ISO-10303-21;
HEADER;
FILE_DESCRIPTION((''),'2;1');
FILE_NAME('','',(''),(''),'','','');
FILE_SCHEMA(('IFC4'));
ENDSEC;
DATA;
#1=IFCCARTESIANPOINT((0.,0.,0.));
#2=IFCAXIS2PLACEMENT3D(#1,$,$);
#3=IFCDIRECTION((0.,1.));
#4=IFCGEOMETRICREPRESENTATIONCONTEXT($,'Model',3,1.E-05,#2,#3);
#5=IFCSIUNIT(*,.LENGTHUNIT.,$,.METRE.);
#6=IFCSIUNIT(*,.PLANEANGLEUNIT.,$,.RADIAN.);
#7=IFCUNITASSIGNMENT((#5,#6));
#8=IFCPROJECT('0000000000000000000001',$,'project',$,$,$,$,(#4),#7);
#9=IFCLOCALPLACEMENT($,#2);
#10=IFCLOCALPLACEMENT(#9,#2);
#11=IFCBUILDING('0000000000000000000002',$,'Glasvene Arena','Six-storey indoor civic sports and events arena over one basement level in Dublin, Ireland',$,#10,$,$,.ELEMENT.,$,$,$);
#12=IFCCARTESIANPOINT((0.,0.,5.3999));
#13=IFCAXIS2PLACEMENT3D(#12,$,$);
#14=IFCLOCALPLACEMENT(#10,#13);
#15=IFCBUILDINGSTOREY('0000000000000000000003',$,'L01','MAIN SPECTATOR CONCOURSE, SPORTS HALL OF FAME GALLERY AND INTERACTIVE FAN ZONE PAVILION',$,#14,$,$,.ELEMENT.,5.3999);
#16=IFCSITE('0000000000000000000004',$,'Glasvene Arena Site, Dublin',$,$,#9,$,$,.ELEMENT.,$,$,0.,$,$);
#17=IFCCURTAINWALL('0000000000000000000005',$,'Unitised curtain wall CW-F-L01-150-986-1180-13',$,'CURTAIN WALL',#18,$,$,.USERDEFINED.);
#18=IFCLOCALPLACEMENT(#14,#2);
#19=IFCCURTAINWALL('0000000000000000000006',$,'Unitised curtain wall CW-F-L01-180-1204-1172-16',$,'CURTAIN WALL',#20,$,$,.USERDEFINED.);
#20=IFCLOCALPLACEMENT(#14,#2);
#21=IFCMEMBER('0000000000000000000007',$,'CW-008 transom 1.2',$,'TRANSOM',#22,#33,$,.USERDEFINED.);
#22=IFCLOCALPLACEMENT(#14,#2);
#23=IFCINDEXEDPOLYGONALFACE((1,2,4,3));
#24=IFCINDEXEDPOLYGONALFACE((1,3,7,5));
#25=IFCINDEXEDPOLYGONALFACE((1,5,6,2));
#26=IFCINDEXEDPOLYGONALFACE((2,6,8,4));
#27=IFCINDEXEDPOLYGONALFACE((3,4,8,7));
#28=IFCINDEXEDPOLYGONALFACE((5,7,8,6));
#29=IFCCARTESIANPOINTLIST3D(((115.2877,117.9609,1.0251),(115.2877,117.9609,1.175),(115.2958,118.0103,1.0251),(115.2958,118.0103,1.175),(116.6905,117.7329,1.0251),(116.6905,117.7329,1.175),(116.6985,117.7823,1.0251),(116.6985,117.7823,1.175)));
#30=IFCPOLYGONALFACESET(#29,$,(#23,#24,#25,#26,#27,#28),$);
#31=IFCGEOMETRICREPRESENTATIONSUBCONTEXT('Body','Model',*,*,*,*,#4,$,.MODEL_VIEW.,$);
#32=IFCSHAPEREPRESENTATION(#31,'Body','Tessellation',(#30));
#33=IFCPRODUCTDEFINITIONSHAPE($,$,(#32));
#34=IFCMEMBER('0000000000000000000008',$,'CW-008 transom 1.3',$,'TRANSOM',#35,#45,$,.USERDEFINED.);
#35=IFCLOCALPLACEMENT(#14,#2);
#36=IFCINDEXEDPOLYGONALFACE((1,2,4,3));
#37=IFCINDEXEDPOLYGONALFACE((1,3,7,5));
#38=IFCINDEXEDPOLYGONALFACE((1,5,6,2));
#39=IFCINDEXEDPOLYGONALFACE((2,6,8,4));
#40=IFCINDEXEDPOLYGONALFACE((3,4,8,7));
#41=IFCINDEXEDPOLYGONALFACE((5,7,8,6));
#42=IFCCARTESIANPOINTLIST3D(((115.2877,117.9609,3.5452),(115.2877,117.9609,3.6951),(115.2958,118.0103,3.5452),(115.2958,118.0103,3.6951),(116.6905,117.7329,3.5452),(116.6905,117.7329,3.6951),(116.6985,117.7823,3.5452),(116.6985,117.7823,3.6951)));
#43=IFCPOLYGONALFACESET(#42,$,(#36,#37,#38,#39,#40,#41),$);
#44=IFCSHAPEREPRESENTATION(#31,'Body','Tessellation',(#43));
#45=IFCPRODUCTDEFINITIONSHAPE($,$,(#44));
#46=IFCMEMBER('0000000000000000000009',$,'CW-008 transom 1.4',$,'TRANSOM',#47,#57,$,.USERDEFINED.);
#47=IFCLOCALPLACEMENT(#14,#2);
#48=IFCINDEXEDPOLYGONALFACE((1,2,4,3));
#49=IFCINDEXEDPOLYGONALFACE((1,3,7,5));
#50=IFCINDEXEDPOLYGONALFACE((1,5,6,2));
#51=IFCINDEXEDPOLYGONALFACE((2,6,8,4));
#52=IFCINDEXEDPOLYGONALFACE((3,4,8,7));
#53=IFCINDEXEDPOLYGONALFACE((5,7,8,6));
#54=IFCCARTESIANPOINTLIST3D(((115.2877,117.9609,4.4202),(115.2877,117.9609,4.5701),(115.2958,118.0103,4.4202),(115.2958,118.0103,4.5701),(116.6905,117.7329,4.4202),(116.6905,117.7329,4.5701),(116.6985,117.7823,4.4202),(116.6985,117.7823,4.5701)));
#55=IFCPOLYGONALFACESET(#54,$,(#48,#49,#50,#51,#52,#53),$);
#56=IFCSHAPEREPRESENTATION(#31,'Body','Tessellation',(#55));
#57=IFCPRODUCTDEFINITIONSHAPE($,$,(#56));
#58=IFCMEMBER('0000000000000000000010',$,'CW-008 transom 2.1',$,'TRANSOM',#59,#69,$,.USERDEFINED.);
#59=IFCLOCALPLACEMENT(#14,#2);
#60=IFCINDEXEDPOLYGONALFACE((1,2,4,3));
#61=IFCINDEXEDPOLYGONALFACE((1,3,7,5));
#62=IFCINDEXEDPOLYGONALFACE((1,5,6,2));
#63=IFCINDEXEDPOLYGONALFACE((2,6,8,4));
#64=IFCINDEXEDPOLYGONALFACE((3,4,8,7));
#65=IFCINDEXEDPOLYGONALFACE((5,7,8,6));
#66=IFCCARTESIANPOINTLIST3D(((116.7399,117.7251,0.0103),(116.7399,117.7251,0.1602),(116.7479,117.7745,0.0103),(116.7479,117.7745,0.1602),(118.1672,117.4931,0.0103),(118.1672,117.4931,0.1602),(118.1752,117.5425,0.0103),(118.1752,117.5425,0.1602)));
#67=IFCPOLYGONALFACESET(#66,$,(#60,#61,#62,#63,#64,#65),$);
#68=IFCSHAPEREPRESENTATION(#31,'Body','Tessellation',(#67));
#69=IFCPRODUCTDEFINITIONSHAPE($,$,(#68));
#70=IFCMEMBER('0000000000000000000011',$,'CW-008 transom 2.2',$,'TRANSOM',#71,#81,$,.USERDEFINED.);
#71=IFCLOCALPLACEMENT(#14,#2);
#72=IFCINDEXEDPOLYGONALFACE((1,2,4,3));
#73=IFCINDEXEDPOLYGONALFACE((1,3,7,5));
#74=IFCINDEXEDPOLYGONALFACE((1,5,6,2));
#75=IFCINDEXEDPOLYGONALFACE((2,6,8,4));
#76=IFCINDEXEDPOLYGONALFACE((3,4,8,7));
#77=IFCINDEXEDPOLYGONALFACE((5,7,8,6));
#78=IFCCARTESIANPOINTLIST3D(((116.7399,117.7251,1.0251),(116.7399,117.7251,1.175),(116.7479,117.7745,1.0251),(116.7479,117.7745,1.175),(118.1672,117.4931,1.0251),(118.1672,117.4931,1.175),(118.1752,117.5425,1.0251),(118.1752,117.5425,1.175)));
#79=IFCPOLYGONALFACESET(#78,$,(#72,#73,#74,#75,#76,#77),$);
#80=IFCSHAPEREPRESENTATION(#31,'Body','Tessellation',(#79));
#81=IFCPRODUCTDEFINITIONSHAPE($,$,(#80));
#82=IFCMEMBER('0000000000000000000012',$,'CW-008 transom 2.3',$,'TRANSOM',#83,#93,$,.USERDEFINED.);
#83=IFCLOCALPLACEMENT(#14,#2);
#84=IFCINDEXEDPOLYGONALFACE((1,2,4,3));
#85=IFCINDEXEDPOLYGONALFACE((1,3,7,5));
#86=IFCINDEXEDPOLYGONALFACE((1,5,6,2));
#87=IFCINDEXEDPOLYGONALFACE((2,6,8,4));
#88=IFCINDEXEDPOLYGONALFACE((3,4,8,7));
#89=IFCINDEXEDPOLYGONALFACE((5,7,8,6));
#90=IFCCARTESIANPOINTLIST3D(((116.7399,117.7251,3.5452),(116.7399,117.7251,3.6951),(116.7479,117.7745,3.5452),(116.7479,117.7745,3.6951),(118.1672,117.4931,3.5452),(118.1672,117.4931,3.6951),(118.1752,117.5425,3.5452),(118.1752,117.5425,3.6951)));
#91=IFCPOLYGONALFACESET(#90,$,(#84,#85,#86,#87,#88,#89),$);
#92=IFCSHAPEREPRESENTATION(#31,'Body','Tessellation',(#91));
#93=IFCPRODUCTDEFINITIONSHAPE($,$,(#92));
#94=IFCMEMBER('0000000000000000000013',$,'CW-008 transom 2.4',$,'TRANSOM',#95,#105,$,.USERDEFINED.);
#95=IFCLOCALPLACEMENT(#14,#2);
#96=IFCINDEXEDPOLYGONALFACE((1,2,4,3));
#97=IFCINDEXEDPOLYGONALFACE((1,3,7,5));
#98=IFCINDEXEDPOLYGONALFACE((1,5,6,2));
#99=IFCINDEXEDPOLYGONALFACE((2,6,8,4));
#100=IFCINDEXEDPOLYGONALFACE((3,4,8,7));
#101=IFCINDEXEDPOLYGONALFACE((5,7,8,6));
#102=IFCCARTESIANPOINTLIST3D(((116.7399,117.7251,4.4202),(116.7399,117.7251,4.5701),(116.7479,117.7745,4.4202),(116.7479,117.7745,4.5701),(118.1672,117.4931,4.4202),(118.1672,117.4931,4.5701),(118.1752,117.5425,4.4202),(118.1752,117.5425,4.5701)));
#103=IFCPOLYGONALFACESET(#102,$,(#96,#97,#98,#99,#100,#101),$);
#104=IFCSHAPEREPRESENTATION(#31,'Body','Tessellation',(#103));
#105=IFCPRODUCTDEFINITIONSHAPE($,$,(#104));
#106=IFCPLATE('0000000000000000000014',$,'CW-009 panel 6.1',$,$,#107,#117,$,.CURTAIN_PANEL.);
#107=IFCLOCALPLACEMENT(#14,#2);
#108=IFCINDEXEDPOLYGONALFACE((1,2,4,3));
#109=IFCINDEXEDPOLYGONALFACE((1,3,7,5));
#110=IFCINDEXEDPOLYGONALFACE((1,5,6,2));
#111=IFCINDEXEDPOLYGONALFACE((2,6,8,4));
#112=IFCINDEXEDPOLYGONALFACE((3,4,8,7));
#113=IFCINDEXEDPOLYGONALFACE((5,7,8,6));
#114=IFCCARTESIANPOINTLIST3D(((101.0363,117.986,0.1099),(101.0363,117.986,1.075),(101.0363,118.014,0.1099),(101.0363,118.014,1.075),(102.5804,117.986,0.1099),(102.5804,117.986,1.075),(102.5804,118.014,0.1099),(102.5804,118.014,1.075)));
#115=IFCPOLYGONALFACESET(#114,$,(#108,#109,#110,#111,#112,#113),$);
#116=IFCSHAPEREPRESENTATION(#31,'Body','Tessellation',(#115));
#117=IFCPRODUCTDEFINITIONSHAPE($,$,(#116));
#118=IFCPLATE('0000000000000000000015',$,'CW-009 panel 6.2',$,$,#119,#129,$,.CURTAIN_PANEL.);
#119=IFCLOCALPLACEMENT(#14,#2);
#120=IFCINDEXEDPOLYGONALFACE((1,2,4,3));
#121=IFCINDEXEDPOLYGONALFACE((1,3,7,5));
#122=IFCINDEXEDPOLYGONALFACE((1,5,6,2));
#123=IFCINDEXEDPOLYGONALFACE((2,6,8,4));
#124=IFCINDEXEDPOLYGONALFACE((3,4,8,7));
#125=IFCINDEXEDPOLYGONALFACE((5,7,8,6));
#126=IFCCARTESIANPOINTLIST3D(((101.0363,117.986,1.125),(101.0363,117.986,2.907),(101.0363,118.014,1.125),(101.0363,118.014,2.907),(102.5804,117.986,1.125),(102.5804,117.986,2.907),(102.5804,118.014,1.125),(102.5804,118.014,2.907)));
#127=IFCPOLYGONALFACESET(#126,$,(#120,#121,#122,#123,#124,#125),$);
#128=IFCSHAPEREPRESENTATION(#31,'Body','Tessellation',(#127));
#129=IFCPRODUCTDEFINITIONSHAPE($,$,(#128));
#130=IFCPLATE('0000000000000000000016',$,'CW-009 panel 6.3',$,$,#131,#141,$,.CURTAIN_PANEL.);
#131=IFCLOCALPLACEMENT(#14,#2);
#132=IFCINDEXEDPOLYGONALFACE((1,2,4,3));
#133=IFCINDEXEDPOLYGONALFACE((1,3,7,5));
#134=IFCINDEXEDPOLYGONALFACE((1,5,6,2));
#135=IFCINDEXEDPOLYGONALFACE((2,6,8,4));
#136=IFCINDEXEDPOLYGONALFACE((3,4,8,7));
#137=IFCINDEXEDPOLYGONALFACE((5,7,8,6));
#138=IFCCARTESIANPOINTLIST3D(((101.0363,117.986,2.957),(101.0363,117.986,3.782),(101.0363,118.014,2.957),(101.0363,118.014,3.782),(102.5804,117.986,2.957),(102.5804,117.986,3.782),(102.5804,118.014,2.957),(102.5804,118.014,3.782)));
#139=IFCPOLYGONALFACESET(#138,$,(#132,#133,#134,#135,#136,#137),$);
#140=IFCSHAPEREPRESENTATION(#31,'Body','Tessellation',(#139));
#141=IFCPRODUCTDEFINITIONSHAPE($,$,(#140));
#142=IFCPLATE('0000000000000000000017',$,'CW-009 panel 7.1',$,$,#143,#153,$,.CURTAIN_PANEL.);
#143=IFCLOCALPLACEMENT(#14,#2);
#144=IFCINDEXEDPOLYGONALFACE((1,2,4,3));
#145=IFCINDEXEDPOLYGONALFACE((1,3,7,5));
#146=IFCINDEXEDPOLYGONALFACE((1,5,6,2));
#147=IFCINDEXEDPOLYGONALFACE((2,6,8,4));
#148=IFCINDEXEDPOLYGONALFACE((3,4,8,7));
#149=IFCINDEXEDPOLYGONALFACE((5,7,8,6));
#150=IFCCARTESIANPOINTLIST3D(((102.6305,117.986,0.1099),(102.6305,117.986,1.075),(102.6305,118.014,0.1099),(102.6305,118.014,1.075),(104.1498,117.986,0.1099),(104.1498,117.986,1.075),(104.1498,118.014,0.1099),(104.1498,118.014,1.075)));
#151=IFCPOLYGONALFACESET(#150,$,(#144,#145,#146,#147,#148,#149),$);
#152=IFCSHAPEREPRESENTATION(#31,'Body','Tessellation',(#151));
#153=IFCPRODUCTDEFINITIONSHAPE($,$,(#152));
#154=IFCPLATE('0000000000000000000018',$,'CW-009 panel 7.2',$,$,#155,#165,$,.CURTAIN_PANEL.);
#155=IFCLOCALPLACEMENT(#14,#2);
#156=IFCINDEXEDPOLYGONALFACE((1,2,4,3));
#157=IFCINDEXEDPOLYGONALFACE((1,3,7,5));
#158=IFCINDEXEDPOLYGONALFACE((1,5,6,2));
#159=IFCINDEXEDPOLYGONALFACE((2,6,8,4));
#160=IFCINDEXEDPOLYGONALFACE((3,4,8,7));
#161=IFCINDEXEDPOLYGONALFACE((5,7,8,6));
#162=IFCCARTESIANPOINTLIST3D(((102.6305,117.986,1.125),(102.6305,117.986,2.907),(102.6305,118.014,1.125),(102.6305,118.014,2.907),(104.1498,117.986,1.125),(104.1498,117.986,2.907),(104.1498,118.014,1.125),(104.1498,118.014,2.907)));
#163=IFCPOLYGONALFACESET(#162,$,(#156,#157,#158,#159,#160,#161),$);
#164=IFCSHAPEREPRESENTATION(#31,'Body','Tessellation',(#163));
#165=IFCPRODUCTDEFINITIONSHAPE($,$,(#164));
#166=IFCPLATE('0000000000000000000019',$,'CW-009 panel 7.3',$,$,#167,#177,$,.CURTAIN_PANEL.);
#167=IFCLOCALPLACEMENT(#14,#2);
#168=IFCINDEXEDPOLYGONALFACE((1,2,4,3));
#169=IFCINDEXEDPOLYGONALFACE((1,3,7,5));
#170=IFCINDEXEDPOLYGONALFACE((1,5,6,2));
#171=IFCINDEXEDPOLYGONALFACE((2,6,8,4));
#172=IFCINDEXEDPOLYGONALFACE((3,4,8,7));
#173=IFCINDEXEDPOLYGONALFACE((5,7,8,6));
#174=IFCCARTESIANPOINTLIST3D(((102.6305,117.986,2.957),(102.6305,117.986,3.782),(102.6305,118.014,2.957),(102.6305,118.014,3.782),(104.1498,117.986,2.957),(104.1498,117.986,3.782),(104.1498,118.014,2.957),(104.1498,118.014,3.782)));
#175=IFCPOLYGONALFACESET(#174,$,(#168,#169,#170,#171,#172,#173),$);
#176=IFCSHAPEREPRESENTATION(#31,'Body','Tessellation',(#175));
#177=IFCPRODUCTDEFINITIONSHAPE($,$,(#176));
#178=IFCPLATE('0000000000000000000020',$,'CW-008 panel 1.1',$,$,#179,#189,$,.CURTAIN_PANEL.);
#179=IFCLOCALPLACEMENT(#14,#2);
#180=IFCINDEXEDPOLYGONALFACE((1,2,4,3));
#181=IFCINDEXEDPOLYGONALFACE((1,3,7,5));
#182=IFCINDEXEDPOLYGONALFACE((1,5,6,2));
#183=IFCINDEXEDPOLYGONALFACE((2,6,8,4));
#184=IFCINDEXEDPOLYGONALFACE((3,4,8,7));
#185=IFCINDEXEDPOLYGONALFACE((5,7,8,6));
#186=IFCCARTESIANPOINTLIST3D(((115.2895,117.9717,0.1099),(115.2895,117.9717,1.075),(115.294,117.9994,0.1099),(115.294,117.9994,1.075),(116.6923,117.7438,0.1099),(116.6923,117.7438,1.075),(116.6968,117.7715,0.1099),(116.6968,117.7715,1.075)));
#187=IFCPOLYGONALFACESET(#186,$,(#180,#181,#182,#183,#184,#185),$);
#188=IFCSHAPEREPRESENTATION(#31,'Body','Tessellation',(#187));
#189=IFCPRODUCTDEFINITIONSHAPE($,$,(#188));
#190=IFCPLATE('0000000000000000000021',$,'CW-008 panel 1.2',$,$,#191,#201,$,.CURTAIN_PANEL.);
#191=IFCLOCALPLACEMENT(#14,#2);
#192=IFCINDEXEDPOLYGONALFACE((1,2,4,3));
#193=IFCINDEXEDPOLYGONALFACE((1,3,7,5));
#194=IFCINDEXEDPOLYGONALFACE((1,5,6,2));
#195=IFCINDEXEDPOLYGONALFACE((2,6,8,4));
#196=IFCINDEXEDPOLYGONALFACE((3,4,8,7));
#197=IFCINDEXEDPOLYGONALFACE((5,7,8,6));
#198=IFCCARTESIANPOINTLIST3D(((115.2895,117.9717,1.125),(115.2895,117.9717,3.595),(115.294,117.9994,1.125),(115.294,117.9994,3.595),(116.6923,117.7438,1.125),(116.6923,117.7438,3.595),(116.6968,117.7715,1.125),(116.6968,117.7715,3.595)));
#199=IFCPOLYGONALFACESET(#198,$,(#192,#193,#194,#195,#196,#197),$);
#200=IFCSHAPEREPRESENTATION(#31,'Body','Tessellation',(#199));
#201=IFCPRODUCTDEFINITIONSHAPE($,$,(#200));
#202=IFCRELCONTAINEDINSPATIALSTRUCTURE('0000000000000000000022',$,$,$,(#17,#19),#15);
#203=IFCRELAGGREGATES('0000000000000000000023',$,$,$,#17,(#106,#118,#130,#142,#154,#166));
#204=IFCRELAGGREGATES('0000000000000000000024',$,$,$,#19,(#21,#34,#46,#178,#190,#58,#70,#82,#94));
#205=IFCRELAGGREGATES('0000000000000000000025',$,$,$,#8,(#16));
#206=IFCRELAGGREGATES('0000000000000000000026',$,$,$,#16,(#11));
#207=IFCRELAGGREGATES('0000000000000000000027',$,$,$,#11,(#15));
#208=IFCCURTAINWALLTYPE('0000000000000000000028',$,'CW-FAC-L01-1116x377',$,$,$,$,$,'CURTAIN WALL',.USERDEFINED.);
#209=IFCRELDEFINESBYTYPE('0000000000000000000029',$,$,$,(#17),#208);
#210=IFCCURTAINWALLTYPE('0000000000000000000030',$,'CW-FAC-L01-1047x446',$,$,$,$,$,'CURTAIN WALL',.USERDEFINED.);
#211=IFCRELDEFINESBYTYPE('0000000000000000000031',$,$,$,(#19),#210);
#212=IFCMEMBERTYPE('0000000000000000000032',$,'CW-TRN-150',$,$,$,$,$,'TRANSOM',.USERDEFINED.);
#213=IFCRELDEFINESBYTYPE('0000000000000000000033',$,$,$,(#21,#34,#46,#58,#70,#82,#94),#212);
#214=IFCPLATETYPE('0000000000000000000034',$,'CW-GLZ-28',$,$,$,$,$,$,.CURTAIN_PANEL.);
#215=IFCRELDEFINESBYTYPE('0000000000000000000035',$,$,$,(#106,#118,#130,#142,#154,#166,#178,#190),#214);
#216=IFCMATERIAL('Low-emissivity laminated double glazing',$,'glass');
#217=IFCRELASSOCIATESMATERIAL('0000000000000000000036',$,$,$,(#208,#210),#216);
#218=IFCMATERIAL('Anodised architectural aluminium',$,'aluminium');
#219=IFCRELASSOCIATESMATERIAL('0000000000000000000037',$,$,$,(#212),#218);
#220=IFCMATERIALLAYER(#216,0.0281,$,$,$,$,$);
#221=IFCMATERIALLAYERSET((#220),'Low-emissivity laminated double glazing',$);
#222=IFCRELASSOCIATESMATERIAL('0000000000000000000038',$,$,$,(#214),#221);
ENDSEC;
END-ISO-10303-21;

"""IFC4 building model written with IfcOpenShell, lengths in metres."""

from ifc_helpers import new_model, si_unit, direction, frame, origin, origin_2d, place, context, subcontext, project, spatial, rectangle, extrude, material, layer, layer_set, material_profile, profile_set, type_object, element, aggregate, save


model = new_model("IFC4")

# Units and contexts
model_context = context("Model", 3, precision=1e-05, world=origin(), true_north=direction((0.0, 1.0)))
body_context = subcontext(model_context, "Body", "Model", "MODEL_VIEW")
ifc_project = project(units=[si_unit("LENGTHUNIT", "METRE"), si_unit("PLANEANGLEUNIT", "RADIAN")], contexts=[model_context])

# Site, building, storey
site_placement = place(None, origin())
site = spatial("IfcSite", under=ifc_project, at=site_placement, Name="Glasvene Arena Site, Dublin", CompositionType="ELEMENT", RefElevation=0.0)
building_placement = place(site_placement, origin())
building = spatial("IfcBuilding", under=site, at=building_placement, Name="Glasvene Arena", Description="Six-storey indoor civic sports and events arena over one basement level in Dublin, Ireland", CompositionType="ELEMENT")
storey_placement = place(building_placement, frame((0.0, 0.0, 5.3999)))
storey = spatial("IfcBuildingStorey", under=building, at=storey_placement, Name="L01", Description="MAIN SPECTATOR CONCOURSE, SPORTS HALL OF FAME GALLERY AND INTERACTIVE FAN ZONE PAVILION", CompositionType="ELEMENT", Elevation=5.3999)

# Curtain walls
ifc_material_1 = material(Name="Low-emissivity laminated double glazing", Category="glass")
curtain_wall_type_1 = type_object("IfcCurtainWallType", Name="CW-FAC-L01-1116x377", ElementType="CURTAIN WALL", PredefinedType="USERDEFINED", material=ifc_material_1)
curtain_wall_1_placement = place(storey_placement, frame((93.04, 118.0, 0.0)))
curtain_wall_1 = element("IfcCurtainWall", 1, at=curtain_wall_1_placement, inside=storey, type_object=curtain_wall_type_1, Name="Unitised curtain wall CW-F-L01-150-986-1180-13", ObjectType="CURTAIN WALL", PredefinedType="USERDEFINED")
ifc_material_2 = material(Name="Anodised architectural aluminium", Category="aluminium")
curtain_wall_type_2 = type_object("IfcCurtainWallType", Name="CW-FAC-L01-1047x446", ElementType="CURTAIN WALL", PredefinedType="USERDEFINED", material=ifc_material_1)
curtain_wall_2_placement = place(storey_placement, frame((115.2424, 117.9937, 0.0)))
curtain_wall_2 = element("IfcCurtainWall", 2, at=curtain_wall_2_placement, inside=storey, type_object=curtain_wall_type_2, Name="Unitised curtain wall CW-F-L01-180-1204-1172-16", ObjectType="CURTAIN WALL", PredefinedType="USERDEFINED")

# Members
ifc_material_profile_1 = material_profile(ifc_material_2, rectangle(XDim=0.05, YDim=0.1499, at=origin_2d()), Name="ALU TRANSOM 50x150")
ifc_profile_set_1 = profile_set([ifc_material_profile_1], Name="Anodised architectural aluminium")
member_type_1 = type_object("IfcMemberType", Name="CW-TRN-150", ElementType="TRANSOM", PredefinedType="USERDEFINED", material=ifc_profile_set_1)
member_1_placement = place(storey_placement, frame((115.2917, 117.9856, 1.1001), z_axis=(0.987045, -0.160442, 0.0), x_axis=(0.160442, 0.987045, 0.0)))
member_1 = element("IfcMember", 3, at=member_1_placement, type_object=member_type_1, Name="CW-008 transom 1.2", ObjectType="TRANSOM", PredefinedType="USERDEFINED", context=body_context, shape_type="SweptSolid", body=[
    extrude(rectangle(XDim=0.05, YDim=0.1499, at=origin_2d()), origin(), (0.0, 0.0, 1.0), 1.4211),
])
member_2_placement = place(storey_placement, frame((115.2917, 117.9856, 3.6201), z_axis=(0.987045, -0.160442, 0.0), x_axis=(0.160442, 0.987045, 0.0)))
member_2 = element("IfcMember", 4, at=member_2_placement, type_object=member_type_1, Name="CW-008 transom 1.3", ObjectType="TRANSOM", PredefinedType="USERDEFINED", context=body_context, shape_type="SweptSolid", body=[
    extrude(rectangle(XDim=0.05, YDim=0.1499, at=origin_2d()), origin(), (0.0, 0.0, 1.0), 1.4211),
])
member_3_placement = place(storey_placement, frame((115.2917, 117.9856, 4.4951), z_axis=(0.987045, -0.160442, 0.0), x_axis=(0.160442, 0.987045, 0.0)))
member_3 = element("IfcMember", 5, at=member_3_placement, type_object=member_type_1, Name="CW-008 transom 1.4", ObjectType="TRANSOM", PredefinedType="USERDEFINED", context=body_context, shape_type="SweptSolid", body=[
    extrude(rectangle(XDim=0.05, YDim=0.1499, at=origin_2d()), origin(), (0.0, 0.0, 1.0), 1.4211),
])
member_4_placement = place(storey_placement, frame((116.7439, 117.7498, 0.0852), z_axis=(0.987052, -0.1604, 0.0), x_axis=(0.1604, 0.987052, 0.0)))
member_4 = element("IfcMember", 6, at=member_4_placement, type_object=member_type_1, Name="CW-008 transom 2.1", ObjectType="TRANSOM", PredefinedType="USERDEFINED", context=body_context, shape_type="SweptSolid", body=[
    extrude(rectangle(XDim=0.05, YDim=0.1499, at=origin_2d()), origin(), (0.0, 0.0, 1.0), 1.446),
])
member_5_placement = place(storey_placement, frame((116.7439, 117.7498, 1.1001), z_axis=(0.987052, -0.1604, 0.0), x_axis=(0.1604, 0.987052, 0.0)))
member_5 = element("IfcMember", 7, at=member_5_placement, type_object=member_type_1, Name="CW-008 transom 2.2", ObjectType="TRANSOM", PredefinedType="USERDEFINED", context=body_context, shape_type="SweptSolid", body=[
    extrude(rectangle(XDim=0.05, YDim=0.1499, at=origin_2d()), origin(), (0.0, 0.0, 1.0), 1.446),
])
member_6_placement = place(storey_placement, frame((116.7439, 117.7498, 3.6201), z_axis=(0.987052, -0.1604, 0.0), x_axis=(0.1604, 0.987052, 0.0)))
member_6 = element("IfcMember", 8, at=member_6_placement, type_object=member_type_1, Name="CW-008 transom 2.3", ObjectType="TRANSOM", PredefinedType="USERDEFINED", context=body_context, shape_type="SweptSolid", body=[
    extrude(rectangle(XDim=0.05, YDim=0.1499, at=origin_2d()), origin(), (0.0, 0.0, 1.0), 1.446),
])
member_7_placement = place(storey_placement, frame((116.7439, 117.7498, 4.4951), z_axis=(0.987052, -0.1604, 0.0), x_axis=(0.1604, 0.987052, 0.0)))
member_7 = element("IfcMember", 9, at=member_7_placement, type_object=member_type_1, Name="CW-008 transom 2.4", ObjectType="TRANSOM", PredefinedType="USERDEFINED", context=body_context, shape_type="SweptSolid", body=[
    extrude(rectangle(XDim=0.05, YDim=0.1499, at=origin_2d()), origin(), (0.0, 0.0, 1.0), 1.446),
])

# Plates
ifc_layer_1 = layer(ifc_material_1, 0.0281)
ifc_layer_set_1 = layer_set([ifc_layer_1], Name="Low-emissivity laminated double glazing")
plate_type = type_object("IfcPlateType", Name="CW-GLZ-28", PredefinedType="CURTAIN_PANEL", material=ifc_layer_set_1)
plate_1_placement = place(storey_placement, frame((101.8083, 118.0, 0.1099), z_axis=(0.0, 0.0, 1.0), x_axis=(1.0, 0.0, 0.0)))
plate_1 = element("IfcPlate", 10, at=plate_1_placement, type_object=plate_type, Name="CW-009 panel 6.1", PredefinedType="CURTAIN_PANEL", context=body_context, shape_type="SweptSolid", body=[
    extrude(rectangle(XDim=1.5442, YDim=0.0281, at=origin_2d()), origin(), (0.0, 0.0, 1.0), 0.9651),
])
plate_2_placement = place(storey_placement, frame((101.8083, 118.0, 1.125), z_axis=(0.0, 0.0, 1.0), x_axis=(1.0, 0.0, 0.0)))
plate_2 = element("IfcPlate", 11, at=plate_2_placement, type_object=plate_type, Name="CW-009 panel 6.2", PredefinedType="CURTAIN_PANEL", context=body_context, shape_type="SweptSolid", body=[
    extrude(rectangle(XDim=1.5442, YDim=0.0281, at=origin_2d()), origin(), (0.0, 0.0, 1.0), 1.782),
])
plate_3_placement = place(storey_placement, frame((101.8083, 118.0, 2.957), z_axis=(0.0, 0.0, 1.0), x_axis=(1.0, 0.0, 0.0)))
plate_3 = element("IfcPlate", 12, at=plate_3_placement, type_object=plate_type, Name="CW-009 panel 6.3", PredefinedType="CURTAIN_PANEL", context=body_context, shape_type="SweptSolid", body=[
    extrude(rectangle(XDim=1.5442, YDim=0.0281, at=origin_2d()), origin(), (0.0, 0.0, 1.0), 0.825),
])
plate_4_placement = place(storey_placement, frame((103.3901, 118.0, 0.1099), z_axis=(0.0, 0.0, 1.0), x_axis=(1.0, 0.0, 0.0)))
plate_4 = element("IfcPlate", 13, at=plate_4_placement, type_object=plate_type, Name="CW-009 panel 7.1", PredefinedType="CURTAIN_PANEL", context=body_context, shape_type="SweptSolid", body=[
    extrude(rectangle(XDim=1.5193, YDim=0.0281, at=origin_2d()), origin(), (0.0, 0.0, 1.0), 0.9651),
])
plate_5_placement = place(storey_placement, frame((103.3901, 118.0, 1.125), z_axis=(0.0, 0.0, 1.0), x_axis=(1.0, 0.0, 0.0)))
plate_5 = element("IfcPlate", 14, at=plate_5_placement, type_object=plate_type, Name="CW-009 panel 7.2", PredefinedType="CURTAIN_PANEL", context=body_context, shape_type="SweptSolid", body=[
    extrude(rectangle(XDim=1.5193, YDim=0.0281, at=origin_2d()), origin(), (0.0, 0.0, 1.0), 1.782),
])
plate_6_placement = place(storey_placement, frame((103.3901, 118.0, 2.957), z_axis=(0.0, 0.0, 1.0), x_axis=(1.0, 0.0, 0.0)))
plate_6 = element("IfcPlate", 15, at=plate_6_placement, type_object=plate_type, Name="CW-009 panel 7.3", PredefinedType="CURTAIN_PANEL", context=body_context, shape_type="SweptSolid", body=[
    extrude(rectangle(XDim=1.5193, YDim=0.0281, at=origin_2d()), origin(), (0.0, 0.0, 1.0), 0.825),
])
aggregate(curtain_wall_1, [plate_1, plate_2, plate_3, plate_4, plate_5, plate_6])
plate_7_placement = place(storey_placement, frame((115.9932, 117.8716, 0.1099), z_axis=(0.0, 0.0, 1.0), x_axis=(0.987057, -0.160367, 0.0)))
plate_7 = element("IfcPlate", 16, at=plate_7_placement, type_object=plate_type, Name="CW-008 panel 1.1", PredefinedType="CURTAIN_PANEL", context=body_context, shape_type="SweptSolid", body=[
    extrude(rectangle(XDim=1.4211, YDim=0.0281, at=origin_2d()), origin(), (0.0, 0.0, 1.0), 0.9651),
])
plate_8_placement = place(storey_placement, frame((115.9932, 117.8716, 1.125), z_axis=(0.0, 0.0, 1.0), x_axis=(0.987057, -0.160367, 0.0)))
plate_8 = element("IfcPlate", 17, at=plate_8_placement, type_object=plate_type, Name="CW-008 panel 1.2", PredefinedType="CURTAIN_PANEL", context=body_context, shape_type="SweptSolid", body=[
    extrude(rectangle(XDim=1.4211, YDim=0.0281, at=origin_2d()), origin(), (0.0, 0.0, 1.0), 2.47),
])
aggregate(curtain_wall_2, [member_1, member_2, member_3, plate_7, plate_8, member_4, member_5, member_6, member_7])

save(model, "model.ifc")
